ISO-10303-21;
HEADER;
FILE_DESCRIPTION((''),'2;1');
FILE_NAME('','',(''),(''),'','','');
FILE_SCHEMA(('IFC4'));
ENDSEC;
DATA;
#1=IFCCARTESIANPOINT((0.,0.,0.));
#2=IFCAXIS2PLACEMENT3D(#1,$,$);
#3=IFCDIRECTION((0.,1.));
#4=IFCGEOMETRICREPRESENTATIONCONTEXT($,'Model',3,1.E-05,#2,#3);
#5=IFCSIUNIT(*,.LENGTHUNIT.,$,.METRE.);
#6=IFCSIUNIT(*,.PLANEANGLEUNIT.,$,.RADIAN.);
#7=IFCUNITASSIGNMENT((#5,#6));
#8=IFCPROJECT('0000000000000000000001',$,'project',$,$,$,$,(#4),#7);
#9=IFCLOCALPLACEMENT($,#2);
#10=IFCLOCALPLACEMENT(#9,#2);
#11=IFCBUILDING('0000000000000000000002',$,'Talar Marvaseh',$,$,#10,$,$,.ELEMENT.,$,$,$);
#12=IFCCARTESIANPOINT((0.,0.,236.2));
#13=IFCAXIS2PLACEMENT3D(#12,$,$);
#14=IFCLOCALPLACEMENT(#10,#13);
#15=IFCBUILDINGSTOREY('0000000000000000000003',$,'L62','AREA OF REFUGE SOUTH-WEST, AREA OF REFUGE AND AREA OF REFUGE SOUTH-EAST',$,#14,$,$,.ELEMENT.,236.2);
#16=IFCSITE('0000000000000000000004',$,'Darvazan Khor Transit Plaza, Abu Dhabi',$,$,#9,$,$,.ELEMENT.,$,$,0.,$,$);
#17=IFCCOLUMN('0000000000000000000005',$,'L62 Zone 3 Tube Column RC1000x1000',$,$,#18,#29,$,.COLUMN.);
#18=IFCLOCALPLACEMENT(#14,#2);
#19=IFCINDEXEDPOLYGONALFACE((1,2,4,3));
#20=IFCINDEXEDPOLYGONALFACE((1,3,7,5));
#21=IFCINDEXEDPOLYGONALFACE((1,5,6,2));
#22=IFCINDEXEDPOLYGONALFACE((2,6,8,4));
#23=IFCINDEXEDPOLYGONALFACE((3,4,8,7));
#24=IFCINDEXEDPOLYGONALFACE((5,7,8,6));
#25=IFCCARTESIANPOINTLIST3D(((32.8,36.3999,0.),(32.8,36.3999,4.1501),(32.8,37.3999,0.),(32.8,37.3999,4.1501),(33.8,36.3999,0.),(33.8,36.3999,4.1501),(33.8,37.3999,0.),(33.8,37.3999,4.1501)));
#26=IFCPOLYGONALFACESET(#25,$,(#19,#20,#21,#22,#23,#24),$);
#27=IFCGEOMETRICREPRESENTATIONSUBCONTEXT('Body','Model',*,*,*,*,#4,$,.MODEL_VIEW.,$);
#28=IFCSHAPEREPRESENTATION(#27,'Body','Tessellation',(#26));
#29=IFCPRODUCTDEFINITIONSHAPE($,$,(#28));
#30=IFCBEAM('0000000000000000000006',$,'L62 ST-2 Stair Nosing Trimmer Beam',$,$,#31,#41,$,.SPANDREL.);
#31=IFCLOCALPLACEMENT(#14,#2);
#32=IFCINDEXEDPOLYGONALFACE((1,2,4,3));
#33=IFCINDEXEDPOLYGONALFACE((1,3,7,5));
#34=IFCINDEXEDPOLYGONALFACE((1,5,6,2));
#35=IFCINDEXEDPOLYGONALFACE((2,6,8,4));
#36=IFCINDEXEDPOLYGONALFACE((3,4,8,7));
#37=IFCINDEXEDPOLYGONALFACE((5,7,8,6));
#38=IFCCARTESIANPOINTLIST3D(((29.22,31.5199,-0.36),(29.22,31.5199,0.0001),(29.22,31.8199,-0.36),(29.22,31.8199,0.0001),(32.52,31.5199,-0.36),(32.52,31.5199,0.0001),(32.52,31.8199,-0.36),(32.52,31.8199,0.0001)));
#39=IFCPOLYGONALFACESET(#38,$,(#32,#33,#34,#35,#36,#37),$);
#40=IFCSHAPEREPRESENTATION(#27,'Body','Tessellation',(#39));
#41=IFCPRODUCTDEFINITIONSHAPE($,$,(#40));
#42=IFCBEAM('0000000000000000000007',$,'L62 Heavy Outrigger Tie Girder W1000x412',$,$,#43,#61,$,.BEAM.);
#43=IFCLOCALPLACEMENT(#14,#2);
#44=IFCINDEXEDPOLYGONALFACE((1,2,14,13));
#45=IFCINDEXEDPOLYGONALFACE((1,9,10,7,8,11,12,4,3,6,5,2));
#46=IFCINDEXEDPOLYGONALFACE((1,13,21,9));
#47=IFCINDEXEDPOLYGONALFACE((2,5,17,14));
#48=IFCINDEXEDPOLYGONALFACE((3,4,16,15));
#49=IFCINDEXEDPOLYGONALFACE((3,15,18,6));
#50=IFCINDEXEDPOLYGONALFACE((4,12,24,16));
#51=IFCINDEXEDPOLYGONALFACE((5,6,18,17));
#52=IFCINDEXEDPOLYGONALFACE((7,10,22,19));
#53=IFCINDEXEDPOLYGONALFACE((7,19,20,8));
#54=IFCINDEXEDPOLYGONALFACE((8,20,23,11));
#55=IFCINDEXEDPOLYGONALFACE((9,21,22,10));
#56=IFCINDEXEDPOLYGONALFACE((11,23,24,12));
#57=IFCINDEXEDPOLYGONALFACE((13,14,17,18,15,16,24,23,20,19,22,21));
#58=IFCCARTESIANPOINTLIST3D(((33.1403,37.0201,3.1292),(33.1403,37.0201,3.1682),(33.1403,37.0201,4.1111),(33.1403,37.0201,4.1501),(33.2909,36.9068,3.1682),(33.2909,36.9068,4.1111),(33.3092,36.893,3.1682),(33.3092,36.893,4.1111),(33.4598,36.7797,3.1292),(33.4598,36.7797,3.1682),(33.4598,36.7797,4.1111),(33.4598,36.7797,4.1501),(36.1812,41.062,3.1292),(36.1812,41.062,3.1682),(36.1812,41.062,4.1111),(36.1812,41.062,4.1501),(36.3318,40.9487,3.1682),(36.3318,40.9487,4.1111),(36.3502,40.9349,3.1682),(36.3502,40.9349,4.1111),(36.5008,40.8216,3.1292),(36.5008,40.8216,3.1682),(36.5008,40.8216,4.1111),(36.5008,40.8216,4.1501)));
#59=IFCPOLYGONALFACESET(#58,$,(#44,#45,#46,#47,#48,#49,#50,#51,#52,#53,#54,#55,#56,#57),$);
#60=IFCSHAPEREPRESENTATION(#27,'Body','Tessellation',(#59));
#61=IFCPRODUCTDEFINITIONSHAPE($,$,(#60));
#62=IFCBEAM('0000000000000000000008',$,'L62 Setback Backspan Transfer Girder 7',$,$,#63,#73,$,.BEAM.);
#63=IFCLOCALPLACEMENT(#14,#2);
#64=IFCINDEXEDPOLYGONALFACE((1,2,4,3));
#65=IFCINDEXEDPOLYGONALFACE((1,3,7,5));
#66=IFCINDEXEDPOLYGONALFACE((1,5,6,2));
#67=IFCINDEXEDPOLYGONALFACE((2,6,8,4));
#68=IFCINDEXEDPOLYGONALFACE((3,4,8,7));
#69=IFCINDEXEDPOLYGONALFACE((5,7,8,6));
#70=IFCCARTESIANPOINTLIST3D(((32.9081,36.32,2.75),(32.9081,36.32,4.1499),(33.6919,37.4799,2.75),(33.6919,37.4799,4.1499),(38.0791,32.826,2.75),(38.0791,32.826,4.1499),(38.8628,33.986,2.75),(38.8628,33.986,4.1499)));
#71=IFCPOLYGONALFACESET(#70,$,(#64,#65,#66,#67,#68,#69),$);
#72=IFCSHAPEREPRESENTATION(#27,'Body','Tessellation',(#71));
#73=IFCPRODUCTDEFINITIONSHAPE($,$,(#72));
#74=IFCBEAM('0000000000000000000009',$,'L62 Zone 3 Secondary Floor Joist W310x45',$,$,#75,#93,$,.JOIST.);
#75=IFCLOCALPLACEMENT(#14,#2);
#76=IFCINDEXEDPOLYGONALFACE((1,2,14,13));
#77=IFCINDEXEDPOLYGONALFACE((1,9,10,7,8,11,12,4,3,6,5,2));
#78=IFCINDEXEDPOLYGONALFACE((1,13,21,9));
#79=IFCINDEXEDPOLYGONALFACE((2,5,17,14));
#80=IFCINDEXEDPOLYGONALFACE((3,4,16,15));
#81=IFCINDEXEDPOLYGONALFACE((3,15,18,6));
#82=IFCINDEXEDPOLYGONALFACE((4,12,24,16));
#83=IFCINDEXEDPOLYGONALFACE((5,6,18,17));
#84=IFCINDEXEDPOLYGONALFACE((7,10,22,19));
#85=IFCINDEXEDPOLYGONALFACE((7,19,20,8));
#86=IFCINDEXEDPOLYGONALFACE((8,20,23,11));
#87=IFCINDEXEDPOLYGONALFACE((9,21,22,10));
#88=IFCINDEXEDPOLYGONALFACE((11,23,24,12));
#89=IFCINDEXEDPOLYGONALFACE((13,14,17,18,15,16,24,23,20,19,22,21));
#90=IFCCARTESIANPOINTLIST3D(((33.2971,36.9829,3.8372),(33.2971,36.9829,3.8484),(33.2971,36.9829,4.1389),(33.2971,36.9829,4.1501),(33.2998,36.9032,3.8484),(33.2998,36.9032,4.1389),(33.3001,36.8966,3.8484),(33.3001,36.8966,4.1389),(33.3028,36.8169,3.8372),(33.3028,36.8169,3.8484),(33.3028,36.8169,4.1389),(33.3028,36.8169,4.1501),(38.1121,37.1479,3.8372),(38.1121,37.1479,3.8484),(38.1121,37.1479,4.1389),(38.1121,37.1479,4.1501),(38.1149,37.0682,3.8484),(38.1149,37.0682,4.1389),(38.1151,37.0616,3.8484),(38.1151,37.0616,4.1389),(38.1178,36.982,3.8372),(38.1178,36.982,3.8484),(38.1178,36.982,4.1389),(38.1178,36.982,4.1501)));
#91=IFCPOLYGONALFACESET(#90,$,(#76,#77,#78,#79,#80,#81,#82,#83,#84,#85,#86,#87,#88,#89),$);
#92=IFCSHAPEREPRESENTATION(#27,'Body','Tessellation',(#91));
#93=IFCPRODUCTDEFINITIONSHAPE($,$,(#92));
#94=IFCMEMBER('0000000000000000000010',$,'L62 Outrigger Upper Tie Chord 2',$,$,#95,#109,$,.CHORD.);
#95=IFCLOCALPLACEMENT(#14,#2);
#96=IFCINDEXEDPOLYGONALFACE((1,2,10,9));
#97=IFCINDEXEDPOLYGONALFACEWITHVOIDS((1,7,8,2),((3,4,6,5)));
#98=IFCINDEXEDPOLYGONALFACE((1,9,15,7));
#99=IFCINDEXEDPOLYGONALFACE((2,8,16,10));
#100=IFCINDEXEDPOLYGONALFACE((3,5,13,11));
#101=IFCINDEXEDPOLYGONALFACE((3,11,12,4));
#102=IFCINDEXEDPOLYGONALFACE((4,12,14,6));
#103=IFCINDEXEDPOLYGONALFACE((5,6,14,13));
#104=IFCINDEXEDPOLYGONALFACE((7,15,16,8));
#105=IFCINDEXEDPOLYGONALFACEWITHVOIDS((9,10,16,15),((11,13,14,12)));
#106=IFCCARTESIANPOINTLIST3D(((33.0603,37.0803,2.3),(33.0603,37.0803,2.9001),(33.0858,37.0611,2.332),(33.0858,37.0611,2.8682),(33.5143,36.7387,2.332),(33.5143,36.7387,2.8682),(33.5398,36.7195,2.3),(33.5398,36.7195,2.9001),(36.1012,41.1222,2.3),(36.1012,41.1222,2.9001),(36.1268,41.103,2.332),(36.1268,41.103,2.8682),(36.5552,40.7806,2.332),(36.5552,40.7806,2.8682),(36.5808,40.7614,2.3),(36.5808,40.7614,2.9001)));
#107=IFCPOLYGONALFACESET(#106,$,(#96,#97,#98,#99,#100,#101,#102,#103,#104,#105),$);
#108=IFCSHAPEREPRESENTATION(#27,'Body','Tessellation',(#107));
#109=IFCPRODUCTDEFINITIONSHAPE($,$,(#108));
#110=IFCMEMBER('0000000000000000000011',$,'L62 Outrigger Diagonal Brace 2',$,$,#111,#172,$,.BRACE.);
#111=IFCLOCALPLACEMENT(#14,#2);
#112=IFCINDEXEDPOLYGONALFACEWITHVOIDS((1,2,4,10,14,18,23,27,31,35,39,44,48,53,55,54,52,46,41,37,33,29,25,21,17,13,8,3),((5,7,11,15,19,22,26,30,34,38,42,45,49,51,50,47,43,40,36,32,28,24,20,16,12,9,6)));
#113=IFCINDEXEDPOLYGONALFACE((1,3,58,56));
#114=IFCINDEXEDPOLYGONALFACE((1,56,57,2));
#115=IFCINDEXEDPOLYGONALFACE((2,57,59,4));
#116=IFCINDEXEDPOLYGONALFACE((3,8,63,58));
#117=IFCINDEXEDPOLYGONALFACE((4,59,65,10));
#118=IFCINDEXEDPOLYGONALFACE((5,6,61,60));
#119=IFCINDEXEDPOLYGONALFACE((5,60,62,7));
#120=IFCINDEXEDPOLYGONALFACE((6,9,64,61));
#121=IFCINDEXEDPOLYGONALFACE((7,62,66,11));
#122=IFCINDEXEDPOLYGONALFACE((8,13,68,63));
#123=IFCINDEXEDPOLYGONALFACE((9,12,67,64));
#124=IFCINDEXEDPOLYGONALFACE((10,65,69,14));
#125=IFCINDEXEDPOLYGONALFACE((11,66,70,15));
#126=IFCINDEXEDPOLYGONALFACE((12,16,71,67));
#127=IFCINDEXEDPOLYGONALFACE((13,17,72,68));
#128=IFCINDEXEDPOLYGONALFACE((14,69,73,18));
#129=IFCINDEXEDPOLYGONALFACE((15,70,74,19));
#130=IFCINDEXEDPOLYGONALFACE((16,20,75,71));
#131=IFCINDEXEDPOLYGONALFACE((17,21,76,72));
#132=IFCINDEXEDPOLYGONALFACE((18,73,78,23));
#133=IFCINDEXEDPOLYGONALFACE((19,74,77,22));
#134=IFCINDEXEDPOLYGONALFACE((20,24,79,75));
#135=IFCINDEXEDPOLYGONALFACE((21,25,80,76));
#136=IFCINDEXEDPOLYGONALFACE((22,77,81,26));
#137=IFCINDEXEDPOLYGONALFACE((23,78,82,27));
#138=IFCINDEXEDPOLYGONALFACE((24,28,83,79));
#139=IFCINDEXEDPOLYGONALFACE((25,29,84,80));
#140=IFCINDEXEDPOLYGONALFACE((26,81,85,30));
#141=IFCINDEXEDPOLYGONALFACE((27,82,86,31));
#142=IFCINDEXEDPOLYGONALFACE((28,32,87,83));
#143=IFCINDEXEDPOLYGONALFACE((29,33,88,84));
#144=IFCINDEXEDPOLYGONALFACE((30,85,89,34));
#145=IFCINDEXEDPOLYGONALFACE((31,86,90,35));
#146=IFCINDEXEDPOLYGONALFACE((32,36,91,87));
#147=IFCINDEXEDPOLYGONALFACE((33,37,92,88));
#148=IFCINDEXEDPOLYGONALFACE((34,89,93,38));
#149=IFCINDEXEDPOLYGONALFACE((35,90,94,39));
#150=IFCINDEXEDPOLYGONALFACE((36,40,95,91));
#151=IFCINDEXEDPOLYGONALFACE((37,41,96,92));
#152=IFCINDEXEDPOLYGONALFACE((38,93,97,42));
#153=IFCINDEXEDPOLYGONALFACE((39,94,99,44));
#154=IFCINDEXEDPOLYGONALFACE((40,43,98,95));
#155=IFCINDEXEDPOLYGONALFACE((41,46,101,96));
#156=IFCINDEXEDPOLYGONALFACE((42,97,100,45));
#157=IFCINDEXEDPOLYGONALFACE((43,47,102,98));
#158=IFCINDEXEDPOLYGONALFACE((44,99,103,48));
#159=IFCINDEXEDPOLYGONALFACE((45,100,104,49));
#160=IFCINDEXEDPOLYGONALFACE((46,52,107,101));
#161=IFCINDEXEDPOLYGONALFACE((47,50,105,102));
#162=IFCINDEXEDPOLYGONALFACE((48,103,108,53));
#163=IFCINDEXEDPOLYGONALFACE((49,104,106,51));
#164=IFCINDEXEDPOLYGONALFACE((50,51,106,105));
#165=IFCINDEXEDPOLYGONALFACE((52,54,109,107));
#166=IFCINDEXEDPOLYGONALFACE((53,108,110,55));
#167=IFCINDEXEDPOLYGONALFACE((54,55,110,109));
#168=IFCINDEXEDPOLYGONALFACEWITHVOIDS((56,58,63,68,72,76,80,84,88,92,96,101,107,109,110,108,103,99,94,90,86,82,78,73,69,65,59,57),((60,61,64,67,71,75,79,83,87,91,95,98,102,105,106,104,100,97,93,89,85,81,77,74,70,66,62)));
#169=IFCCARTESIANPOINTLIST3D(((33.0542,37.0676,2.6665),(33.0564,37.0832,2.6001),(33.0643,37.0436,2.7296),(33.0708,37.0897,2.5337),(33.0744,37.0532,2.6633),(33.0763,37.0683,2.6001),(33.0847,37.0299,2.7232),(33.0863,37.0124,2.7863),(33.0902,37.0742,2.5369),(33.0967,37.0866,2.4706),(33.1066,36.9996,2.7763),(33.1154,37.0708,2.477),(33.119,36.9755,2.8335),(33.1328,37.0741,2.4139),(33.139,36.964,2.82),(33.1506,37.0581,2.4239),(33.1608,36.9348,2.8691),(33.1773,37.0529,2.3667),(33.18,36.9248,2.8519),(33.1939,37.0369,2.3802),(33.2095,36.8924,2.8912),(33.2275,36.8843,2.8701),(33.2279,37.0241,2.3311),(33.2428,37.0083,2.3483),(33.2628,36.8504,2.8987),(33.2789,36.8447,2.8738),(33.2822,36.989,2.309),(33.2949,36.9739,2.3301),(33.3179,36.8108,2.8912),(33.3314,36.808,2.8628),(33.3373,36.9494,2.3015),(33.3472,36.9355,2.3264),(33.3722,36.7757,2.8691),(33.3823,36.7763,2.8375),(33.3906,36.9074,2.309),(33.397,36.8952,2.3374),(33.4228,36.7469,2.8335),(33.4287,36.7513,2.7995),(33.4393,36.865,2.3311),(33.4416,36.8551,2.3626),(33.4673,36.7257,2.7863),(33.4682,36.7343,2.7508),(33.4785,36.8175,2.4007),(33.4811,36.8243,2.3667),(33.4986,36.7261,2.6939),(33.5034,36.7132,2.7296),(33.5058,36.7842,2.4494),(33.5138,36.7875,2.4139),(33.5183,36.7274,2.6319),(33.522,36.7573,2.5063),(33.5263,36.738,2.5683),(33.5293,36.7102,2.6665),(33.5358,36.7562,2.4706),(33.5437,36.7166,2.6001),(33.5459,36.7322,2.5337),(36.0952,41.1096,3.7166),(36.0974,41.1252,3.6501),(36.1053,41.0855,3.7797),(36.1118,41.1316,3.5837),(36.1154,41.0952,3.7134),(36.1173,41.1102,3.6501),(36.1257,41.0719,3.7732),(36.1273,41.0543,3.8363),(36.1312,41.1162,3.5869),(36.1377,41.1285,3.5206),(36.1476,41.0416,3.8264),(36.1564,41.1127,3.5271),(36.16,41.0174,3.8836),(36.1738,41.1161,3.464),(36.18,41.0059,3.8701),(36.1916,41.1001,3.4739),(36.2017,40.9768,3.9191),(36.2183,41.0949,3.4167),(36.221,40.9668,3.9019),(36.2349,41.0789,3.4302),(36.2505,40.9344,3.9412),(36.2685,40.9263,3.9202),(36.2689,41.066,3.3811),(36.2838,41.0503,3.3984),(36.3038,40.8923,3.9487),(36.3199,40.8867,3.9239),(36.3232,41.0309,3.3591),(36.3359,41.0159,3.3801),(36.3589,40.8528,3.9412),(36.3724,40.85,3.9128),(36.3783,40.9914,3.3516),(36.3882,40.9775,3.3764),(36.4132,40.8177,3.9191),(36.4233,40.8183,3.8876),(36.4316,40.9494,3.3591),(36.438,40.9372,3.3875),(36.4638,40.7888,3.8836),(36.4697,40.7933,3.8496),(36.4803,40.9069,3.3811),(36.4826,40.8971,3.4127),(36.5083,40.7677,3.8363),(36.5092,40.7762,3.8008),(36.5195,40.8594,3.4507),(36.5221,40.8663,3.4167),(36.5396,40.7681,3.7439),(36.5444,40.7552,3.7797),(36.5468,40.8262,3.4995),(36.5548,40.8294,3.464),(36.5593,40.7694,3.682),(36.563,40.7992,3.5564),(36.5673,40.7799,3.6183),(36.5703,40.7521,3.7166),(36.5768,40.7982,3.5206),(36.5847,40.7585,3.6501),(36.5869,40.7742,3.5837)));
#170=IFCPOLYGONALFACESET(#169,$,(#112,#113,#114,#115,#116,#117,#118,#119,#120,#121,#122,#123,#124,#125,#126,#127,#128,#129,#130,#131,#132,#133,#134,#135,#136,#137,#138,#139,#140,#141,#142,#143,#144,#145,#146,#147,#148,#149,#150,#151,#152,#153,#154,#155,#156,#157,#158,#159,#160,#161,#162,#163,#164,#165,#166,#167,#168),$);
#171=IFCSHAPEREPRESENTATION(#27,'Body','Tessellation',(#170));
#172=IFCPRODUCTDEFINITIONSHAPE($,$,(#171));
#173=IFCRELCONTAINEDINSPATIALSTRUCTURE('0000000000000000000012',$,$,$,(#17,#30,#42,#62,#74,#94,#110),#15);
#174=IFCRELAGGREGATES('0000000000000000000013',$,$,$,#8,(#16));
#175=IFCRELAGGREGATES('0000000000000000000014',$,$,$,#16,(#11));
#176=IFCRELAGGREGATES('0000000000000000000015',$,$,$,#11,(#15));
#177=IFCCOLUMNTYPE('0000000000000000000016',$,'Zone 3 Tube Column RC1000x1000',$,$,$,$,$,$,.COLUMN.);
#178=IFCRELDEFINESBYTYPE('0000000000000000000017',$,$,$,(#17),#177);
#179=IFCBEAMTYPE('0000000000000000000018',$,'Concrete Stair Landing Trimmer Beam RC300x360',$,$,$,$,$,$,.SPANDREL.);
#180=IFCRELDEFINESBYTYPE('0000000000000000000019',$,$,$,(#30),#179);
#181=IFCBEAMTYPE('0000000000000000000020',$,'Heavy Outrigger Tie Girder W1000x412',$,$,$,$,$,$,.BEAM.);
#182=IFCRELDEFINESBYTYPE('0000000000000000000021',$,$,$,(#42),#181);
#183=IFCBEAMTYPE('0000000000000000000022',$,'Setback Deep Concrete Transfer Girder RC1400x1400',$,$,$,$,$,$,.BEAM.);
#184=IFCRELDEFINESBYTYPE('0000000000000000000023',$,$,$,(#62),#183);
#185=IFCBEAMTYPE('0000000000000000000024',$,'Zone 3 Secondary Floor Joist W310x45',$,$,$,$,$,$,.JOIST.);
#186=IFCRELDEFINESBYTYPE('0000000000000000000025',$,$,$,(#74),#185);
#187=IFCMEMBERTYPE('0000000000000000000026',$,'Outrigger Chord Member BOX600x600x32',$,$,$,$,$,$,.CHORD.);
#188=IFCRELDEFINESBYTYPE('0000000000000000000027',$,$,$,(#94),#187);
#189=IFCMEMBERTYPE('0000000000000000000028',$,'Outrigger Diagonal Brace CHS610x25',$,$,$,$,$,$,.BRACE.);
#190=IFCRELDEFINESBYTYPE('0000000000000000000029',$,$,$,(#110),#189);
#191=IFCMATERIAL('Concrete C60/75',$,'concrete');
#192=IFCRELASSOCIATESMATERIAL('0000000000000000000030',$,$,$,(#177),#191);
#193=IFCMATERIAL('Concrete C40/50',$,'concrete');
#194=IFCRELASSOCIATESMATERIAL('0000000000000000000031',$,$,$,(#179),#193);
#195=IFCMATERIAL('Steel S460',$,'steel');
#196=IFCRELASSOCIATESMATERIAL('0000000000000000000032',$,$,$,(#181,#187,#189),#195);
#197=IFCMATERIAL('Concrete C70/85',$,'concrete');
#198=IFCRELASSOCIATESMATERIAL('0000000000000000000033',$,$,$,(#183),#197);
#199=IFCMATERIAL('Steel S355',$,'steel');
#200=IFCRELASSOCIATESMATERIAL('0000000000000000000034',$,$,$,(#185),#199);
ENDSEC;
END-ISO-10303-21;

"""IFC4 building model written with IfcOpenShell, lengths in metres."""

from ifc_helpers import new_model, si_unit, direction, frame, origin, origin_2d, place, context, subcontext, project, spatial, rectangle, hollow_rectangle, hollow_circle, i_section, extrude, source, transform, mapped, material, material_profile, profile_set, type_object, type_shapes, element, save


model = new_model("IFC4")

# Units and contexts
model_context = context("Model", 3, precision=1e-05, world=origin(), true_north=direction((0.0, 1.0)))
body_context = subcontext(model_context, "Body", "Model", "MODEL_VIEW")
ifc_project = project(units=[si_unit("LENGTHUNIT", "METRE"), si_unit("PLANEANGLEUNIT", "RADIAN")], contexts=[model_context])

# Site, building, storey
site_placement = place(None, origin())
site = spatial("IfcSite", under=ifc_project, at=site_placement, Name="Darvazan Khor Transit Plaza, Abu Dhabi", CompositionType="ELEMENT", RefElevation=0.0)
building_placement = place(site_placement, origin())
building = spatial("IfcBuilding", under=site, at=building_placement, Name="Talar Marvaseh", CompositionType="ELEMENT")
storey_placement = place(building_placement, frame((0.0, 0.0, 236.2)))
storey = spatial("IfcBuildingStorey", under=building, at=storey_placement, Name="L62", Description="AREA OF REFUGE SOUTH-WEST, AREA OF REFUGE AND AREA OF REFUGE SOUTH-EAST", CompositionType="ELEMENT", Elevation=236.2)

# Column
ifc_material_1 = material(Name="Concrete C60/75", Category="concrete")
ifc_material_profile_1 = material_profile(ifc_material_1, rectangle(XDim=1.0, YDim=1.0, at=origin_2d()), Name="RC1000x1000")
ifc_profile_set_1 = profile_set([ifc_material_profile_1], Name="Concrete C60/75")
column_type = type_object("IfcColumnType", Name="Zone 3 Tube Column RC1000x1000", PredefinedType="COLUMN", material=ifc_profile_set_1)
column_placement = place(storey_placement, frame((33.3, 36.8999, 0.0), z_axis=(0.0, 0.0, 1.0), x_axis=(1.0, 0.0, 0.0)))
element("IfcColumn", 1, at=column_placement, inside=storey, type_object=column_type, Name="L62 Zone 3 Tube Column RC1000x1000", PredefinedType="COLUMN", context=body_context, shape_type="SweptSolid", body=[
    extrude(rectangle(XDim=1.0, YDim=1.0, at=origin_2d()), origin(), (0.0, 0.0, 1.0), 4.1501),
])

# Beams
ifc_material_2 = material(Name="Concrete C40/50", Category="concrete")
ifc_material_profile_2 = material_profile(ifc_material_2, rectangle(XDim=0.3, YDim=0.3601, at=origin_2d()), Name="RC300x360")
ifc_profile_set_2 = profile_set([ifc_material_profile_2], Name="Concrete C40/50")
beam_type_1 = type_object("IfcBeamType", Name="Concrete Stair Landing Trimmer Beam RC300x360", PredefinedType="SPANDREL", material=ifc_profile_set_2)
beam_1_placement = place(storey_placement, frame((29.22, 31.6699, -0.1799), z_axis=(1.0, 0.0, 0.0), x_axis=(0.0, 1.0, 0.0)))
element("IfcBeam", 2, at=beam_1_placement, inside=storey, type_object=beam_type_1, Name="L62 ST-2 Stair Nosing Trimmer Beam", PredefinedType="SPANDREL", context=body_context, shape_type="SweptSolid", body=[
    extrude(rectangle(XDim=0.3, YDim=0.3601, at=origin_2d()), origin(), (0.0, 0.0, 1.0), 3.3),
])
ifc_material_3 = material(Name="Steel S460", Category="steel")
ifc_material_profile_3 = material_profile(ifc_material_3, i_section(OverallWidth=0.3999, OverallDepth=1.021, WebThickness=0.0229, FlangeThickness=0.0391, at=origin_2d()), Name="W1000x412")
ifc_profile_set_3 = profile_set([ifc_material_profile_3], Name="Steel S460")
beam_type_2 = type_object("IfcBeamType", Name="Heavy Outrigger Tie Girder W1000x412", PredefinedType="BEAM", material=ifc_profile_set_3)
beam_2_placement = place(storey_placement, frame((33.3, 36.8999, 3.6396), z_axis=(0.601204, 0.799096, 0.0), x_axis=(-0.799096, 0.601204, 0.0)))
element("IfcBeam", 3, at=beam_2_placement, inside=storey, type_object=beam_type_2, Name="L62 Heavy Outrigger Tie Girder W1000x412", PredefinedType="BEAM", context=body_context, shape_type="SweptSolid", body=[
    extrude(i_section(OverallWidth=0.3999, OverallDepth=1.021, WebThickness=0.0229, FlangeThickness=0.0391, at=origin_2d()), origin(), (0.0, 0.0, 1.0), 5.0581),
])
ifc_material_4 = material(Name="Concrete C70/85", Category="concrete")
ifc_material_profile_4 = material_profile(ifc_material_4, rectangle(XDim=1.3999, YDim=1.3999, at=origin_2d()), Name="RC1400x1400")
ifc_profile_set_4 = profile_set([ifc_material_profile_4], Name="Concrete C70/85")
beam_type_3 = type_object("IfcBeamType", Name="Setback Deep Concrete Transfer Girder RC1400x1400", PredefinedType="BEAM", material=ifc_profile_set_4)
beam_3_placement = place(storey_placement, frame((38.4709, 33.406, 3.45), z_axis=(-0.828586, 0.559862, 0.0), x_axis=(-0.559862, -0.828586, 0.0)))
element("IfcBeam", 4, at=beam_3_placement, inside=storey, type_object=beam_type_3, Name="L62 Setback Backspan Transfer Girder 7", PredefinedType="BEAM", context=body_context, shape_type="SweptSolid", body=[
    extrude(rectangle(XDim=1.3999, YDim=1.3999, at=origin_2d()), origin(), (0.0, 0.0, 1.0), 6.2407),
])
ifc_material_5 = material(Name="Steel S355", Category="steel")
ifc_material_profile_5 = material_profile(ifc_material_5, i_section(OverallWidth=0.166, OverallDepth=0.313, WebThickness=0.0066, FlangeThickness=0.0112, at=origin_2d()), Name="W310x45")
ifc_profile_set_5 = profile_set([ifc_material_profile_5], Name="Steel S355")
beam_type_4 = type_object("IfcBeamType", Name="Zone 3 Secondary Floor Joist W310x45", PredefinedType="JOIST", material=ifc_profile_set_5)
beam_4_placement = place(storey_placement, frame((38.115, 37.0649, 3.9937), z_axis=(-0.999413, -0.034256, 0.0), x_axis=(0.034256, -0.999413, 0.0)))
element("IfcBeam", 5, at=beam_4_placement, inside=storey, type_object=beam_type_4, Name="L62 Zone 3 Secondary Floor Joist W310x45", PredefinedType="JOIST", context=body_context, shape_type="SweptSolid", body=[
    extrude(i_section(OverallWidth=0.166, OverallDepth=0.313, WebThickness=0.0066, FlangeThickness=0.0112, at=origin_2d()), origin(), (0.0, 0.0, 1.0), 4.8179),
])

# Members
ifc_material_profile_6 = material_profile(ifc_material_3, hollow_rectangle(XDim=0.6001, YDim=0.6001, WallThickness=0.032, at=origin_2d()), Name="BOX600x600x32")
ifc_profile_set_6 = profile_set([ifc_material_profile_6], Name="Steel S460")
member_type_1 = type_object("IfcMemberType", Name="Outrigger Chord Member BOX600x600x32", PredefinedType="CHORD", material=ifc_profile_set_6)
shared_shape_1 = source(origin(), body_context, "Body", "SweptSolid", [
    extrude(hollow_rectangle(XDim=0.6001, YDim=0.6001, WallThickness=0.032, at=origin_2d()), origin(), (0.0, 0.0, 1.0), 5.0581),
])
type_shapes(member_type_1, [shared_shape_1])
member_1_placement = place(storey_placement, frame((33.3, 36.8999, 2.6001), z_axis=(0.601204, 0.799096, 0.0), x_axis=(-0.799096, 0.601204, 0.0)))
element("IfcMember", 6, at=member_1_placement, inside=storey, type_object=member_type_1, Name="L62 Outrigger Upper Tie Chord 2", PredefinedType="CHORD", context=body_context, shape_type="MappedRepresentation", body=[
    mapped(shared_shape_1, transform((0.0, 0.0, 0.0), x_axis=(1.0, 0.0, 0.0), y_axis=(0.0, 1.0, 0.0), z_axis=(0.0, 0.0, 1.0), scale=1.0)),
])
ifc_material_profile_7 = material_profile(ifc_material_3, hollow_circle(Radius=0.3049, WallThickness=0.0249, at=origin_2d()), Name="CHS610x25")
ifc_profile_set_7 = profile_set([ifc_material_profile_7], Name="Steel S460")
member_type_2 = type_object("IfcMemberType", Name="Outrigger Diagonal Brace CHS610x25", PredefinedType="BRACE", material=ifc_profile_set_7)
shared_shape_2 = source(origin(), body_context, "Body", "SweptSolid", [
    extrude(hollow_circle(Radius=0.3049, WallThickness=0.0249, at=origin_2d()), origin(), (0.0, 0.0, 1.0), 5.166),
])
type_shapes(member_type_2, [shared_shape_2])
member_2_placement = place(storey_placement, frame((33.3, 36.8999, 2.6001), z_axis=(0.588654, 0.782414, 0.203259), x_axis=(-0.799096, 0.601204, 0.0)))
element("IfcMember", 7, at=member_2_placement, inside=storey, type_object=member_type_2, Name="L62 Outrigger Diagonal Brace 2", PredefinedType="BRACE", context=body_context, shape_type="MappedRepresentation", body=[
    mapped(shared_shape_2, transform((0.0, 0.0, 0.0), x_axis=(1.0, 0.0, 0.0), y_axis=(0.0, 1.0, 0.0), z_axis=(0.0, 0.0, 1.0), scale=1.0)),
])

save(model, "model.ifc")
